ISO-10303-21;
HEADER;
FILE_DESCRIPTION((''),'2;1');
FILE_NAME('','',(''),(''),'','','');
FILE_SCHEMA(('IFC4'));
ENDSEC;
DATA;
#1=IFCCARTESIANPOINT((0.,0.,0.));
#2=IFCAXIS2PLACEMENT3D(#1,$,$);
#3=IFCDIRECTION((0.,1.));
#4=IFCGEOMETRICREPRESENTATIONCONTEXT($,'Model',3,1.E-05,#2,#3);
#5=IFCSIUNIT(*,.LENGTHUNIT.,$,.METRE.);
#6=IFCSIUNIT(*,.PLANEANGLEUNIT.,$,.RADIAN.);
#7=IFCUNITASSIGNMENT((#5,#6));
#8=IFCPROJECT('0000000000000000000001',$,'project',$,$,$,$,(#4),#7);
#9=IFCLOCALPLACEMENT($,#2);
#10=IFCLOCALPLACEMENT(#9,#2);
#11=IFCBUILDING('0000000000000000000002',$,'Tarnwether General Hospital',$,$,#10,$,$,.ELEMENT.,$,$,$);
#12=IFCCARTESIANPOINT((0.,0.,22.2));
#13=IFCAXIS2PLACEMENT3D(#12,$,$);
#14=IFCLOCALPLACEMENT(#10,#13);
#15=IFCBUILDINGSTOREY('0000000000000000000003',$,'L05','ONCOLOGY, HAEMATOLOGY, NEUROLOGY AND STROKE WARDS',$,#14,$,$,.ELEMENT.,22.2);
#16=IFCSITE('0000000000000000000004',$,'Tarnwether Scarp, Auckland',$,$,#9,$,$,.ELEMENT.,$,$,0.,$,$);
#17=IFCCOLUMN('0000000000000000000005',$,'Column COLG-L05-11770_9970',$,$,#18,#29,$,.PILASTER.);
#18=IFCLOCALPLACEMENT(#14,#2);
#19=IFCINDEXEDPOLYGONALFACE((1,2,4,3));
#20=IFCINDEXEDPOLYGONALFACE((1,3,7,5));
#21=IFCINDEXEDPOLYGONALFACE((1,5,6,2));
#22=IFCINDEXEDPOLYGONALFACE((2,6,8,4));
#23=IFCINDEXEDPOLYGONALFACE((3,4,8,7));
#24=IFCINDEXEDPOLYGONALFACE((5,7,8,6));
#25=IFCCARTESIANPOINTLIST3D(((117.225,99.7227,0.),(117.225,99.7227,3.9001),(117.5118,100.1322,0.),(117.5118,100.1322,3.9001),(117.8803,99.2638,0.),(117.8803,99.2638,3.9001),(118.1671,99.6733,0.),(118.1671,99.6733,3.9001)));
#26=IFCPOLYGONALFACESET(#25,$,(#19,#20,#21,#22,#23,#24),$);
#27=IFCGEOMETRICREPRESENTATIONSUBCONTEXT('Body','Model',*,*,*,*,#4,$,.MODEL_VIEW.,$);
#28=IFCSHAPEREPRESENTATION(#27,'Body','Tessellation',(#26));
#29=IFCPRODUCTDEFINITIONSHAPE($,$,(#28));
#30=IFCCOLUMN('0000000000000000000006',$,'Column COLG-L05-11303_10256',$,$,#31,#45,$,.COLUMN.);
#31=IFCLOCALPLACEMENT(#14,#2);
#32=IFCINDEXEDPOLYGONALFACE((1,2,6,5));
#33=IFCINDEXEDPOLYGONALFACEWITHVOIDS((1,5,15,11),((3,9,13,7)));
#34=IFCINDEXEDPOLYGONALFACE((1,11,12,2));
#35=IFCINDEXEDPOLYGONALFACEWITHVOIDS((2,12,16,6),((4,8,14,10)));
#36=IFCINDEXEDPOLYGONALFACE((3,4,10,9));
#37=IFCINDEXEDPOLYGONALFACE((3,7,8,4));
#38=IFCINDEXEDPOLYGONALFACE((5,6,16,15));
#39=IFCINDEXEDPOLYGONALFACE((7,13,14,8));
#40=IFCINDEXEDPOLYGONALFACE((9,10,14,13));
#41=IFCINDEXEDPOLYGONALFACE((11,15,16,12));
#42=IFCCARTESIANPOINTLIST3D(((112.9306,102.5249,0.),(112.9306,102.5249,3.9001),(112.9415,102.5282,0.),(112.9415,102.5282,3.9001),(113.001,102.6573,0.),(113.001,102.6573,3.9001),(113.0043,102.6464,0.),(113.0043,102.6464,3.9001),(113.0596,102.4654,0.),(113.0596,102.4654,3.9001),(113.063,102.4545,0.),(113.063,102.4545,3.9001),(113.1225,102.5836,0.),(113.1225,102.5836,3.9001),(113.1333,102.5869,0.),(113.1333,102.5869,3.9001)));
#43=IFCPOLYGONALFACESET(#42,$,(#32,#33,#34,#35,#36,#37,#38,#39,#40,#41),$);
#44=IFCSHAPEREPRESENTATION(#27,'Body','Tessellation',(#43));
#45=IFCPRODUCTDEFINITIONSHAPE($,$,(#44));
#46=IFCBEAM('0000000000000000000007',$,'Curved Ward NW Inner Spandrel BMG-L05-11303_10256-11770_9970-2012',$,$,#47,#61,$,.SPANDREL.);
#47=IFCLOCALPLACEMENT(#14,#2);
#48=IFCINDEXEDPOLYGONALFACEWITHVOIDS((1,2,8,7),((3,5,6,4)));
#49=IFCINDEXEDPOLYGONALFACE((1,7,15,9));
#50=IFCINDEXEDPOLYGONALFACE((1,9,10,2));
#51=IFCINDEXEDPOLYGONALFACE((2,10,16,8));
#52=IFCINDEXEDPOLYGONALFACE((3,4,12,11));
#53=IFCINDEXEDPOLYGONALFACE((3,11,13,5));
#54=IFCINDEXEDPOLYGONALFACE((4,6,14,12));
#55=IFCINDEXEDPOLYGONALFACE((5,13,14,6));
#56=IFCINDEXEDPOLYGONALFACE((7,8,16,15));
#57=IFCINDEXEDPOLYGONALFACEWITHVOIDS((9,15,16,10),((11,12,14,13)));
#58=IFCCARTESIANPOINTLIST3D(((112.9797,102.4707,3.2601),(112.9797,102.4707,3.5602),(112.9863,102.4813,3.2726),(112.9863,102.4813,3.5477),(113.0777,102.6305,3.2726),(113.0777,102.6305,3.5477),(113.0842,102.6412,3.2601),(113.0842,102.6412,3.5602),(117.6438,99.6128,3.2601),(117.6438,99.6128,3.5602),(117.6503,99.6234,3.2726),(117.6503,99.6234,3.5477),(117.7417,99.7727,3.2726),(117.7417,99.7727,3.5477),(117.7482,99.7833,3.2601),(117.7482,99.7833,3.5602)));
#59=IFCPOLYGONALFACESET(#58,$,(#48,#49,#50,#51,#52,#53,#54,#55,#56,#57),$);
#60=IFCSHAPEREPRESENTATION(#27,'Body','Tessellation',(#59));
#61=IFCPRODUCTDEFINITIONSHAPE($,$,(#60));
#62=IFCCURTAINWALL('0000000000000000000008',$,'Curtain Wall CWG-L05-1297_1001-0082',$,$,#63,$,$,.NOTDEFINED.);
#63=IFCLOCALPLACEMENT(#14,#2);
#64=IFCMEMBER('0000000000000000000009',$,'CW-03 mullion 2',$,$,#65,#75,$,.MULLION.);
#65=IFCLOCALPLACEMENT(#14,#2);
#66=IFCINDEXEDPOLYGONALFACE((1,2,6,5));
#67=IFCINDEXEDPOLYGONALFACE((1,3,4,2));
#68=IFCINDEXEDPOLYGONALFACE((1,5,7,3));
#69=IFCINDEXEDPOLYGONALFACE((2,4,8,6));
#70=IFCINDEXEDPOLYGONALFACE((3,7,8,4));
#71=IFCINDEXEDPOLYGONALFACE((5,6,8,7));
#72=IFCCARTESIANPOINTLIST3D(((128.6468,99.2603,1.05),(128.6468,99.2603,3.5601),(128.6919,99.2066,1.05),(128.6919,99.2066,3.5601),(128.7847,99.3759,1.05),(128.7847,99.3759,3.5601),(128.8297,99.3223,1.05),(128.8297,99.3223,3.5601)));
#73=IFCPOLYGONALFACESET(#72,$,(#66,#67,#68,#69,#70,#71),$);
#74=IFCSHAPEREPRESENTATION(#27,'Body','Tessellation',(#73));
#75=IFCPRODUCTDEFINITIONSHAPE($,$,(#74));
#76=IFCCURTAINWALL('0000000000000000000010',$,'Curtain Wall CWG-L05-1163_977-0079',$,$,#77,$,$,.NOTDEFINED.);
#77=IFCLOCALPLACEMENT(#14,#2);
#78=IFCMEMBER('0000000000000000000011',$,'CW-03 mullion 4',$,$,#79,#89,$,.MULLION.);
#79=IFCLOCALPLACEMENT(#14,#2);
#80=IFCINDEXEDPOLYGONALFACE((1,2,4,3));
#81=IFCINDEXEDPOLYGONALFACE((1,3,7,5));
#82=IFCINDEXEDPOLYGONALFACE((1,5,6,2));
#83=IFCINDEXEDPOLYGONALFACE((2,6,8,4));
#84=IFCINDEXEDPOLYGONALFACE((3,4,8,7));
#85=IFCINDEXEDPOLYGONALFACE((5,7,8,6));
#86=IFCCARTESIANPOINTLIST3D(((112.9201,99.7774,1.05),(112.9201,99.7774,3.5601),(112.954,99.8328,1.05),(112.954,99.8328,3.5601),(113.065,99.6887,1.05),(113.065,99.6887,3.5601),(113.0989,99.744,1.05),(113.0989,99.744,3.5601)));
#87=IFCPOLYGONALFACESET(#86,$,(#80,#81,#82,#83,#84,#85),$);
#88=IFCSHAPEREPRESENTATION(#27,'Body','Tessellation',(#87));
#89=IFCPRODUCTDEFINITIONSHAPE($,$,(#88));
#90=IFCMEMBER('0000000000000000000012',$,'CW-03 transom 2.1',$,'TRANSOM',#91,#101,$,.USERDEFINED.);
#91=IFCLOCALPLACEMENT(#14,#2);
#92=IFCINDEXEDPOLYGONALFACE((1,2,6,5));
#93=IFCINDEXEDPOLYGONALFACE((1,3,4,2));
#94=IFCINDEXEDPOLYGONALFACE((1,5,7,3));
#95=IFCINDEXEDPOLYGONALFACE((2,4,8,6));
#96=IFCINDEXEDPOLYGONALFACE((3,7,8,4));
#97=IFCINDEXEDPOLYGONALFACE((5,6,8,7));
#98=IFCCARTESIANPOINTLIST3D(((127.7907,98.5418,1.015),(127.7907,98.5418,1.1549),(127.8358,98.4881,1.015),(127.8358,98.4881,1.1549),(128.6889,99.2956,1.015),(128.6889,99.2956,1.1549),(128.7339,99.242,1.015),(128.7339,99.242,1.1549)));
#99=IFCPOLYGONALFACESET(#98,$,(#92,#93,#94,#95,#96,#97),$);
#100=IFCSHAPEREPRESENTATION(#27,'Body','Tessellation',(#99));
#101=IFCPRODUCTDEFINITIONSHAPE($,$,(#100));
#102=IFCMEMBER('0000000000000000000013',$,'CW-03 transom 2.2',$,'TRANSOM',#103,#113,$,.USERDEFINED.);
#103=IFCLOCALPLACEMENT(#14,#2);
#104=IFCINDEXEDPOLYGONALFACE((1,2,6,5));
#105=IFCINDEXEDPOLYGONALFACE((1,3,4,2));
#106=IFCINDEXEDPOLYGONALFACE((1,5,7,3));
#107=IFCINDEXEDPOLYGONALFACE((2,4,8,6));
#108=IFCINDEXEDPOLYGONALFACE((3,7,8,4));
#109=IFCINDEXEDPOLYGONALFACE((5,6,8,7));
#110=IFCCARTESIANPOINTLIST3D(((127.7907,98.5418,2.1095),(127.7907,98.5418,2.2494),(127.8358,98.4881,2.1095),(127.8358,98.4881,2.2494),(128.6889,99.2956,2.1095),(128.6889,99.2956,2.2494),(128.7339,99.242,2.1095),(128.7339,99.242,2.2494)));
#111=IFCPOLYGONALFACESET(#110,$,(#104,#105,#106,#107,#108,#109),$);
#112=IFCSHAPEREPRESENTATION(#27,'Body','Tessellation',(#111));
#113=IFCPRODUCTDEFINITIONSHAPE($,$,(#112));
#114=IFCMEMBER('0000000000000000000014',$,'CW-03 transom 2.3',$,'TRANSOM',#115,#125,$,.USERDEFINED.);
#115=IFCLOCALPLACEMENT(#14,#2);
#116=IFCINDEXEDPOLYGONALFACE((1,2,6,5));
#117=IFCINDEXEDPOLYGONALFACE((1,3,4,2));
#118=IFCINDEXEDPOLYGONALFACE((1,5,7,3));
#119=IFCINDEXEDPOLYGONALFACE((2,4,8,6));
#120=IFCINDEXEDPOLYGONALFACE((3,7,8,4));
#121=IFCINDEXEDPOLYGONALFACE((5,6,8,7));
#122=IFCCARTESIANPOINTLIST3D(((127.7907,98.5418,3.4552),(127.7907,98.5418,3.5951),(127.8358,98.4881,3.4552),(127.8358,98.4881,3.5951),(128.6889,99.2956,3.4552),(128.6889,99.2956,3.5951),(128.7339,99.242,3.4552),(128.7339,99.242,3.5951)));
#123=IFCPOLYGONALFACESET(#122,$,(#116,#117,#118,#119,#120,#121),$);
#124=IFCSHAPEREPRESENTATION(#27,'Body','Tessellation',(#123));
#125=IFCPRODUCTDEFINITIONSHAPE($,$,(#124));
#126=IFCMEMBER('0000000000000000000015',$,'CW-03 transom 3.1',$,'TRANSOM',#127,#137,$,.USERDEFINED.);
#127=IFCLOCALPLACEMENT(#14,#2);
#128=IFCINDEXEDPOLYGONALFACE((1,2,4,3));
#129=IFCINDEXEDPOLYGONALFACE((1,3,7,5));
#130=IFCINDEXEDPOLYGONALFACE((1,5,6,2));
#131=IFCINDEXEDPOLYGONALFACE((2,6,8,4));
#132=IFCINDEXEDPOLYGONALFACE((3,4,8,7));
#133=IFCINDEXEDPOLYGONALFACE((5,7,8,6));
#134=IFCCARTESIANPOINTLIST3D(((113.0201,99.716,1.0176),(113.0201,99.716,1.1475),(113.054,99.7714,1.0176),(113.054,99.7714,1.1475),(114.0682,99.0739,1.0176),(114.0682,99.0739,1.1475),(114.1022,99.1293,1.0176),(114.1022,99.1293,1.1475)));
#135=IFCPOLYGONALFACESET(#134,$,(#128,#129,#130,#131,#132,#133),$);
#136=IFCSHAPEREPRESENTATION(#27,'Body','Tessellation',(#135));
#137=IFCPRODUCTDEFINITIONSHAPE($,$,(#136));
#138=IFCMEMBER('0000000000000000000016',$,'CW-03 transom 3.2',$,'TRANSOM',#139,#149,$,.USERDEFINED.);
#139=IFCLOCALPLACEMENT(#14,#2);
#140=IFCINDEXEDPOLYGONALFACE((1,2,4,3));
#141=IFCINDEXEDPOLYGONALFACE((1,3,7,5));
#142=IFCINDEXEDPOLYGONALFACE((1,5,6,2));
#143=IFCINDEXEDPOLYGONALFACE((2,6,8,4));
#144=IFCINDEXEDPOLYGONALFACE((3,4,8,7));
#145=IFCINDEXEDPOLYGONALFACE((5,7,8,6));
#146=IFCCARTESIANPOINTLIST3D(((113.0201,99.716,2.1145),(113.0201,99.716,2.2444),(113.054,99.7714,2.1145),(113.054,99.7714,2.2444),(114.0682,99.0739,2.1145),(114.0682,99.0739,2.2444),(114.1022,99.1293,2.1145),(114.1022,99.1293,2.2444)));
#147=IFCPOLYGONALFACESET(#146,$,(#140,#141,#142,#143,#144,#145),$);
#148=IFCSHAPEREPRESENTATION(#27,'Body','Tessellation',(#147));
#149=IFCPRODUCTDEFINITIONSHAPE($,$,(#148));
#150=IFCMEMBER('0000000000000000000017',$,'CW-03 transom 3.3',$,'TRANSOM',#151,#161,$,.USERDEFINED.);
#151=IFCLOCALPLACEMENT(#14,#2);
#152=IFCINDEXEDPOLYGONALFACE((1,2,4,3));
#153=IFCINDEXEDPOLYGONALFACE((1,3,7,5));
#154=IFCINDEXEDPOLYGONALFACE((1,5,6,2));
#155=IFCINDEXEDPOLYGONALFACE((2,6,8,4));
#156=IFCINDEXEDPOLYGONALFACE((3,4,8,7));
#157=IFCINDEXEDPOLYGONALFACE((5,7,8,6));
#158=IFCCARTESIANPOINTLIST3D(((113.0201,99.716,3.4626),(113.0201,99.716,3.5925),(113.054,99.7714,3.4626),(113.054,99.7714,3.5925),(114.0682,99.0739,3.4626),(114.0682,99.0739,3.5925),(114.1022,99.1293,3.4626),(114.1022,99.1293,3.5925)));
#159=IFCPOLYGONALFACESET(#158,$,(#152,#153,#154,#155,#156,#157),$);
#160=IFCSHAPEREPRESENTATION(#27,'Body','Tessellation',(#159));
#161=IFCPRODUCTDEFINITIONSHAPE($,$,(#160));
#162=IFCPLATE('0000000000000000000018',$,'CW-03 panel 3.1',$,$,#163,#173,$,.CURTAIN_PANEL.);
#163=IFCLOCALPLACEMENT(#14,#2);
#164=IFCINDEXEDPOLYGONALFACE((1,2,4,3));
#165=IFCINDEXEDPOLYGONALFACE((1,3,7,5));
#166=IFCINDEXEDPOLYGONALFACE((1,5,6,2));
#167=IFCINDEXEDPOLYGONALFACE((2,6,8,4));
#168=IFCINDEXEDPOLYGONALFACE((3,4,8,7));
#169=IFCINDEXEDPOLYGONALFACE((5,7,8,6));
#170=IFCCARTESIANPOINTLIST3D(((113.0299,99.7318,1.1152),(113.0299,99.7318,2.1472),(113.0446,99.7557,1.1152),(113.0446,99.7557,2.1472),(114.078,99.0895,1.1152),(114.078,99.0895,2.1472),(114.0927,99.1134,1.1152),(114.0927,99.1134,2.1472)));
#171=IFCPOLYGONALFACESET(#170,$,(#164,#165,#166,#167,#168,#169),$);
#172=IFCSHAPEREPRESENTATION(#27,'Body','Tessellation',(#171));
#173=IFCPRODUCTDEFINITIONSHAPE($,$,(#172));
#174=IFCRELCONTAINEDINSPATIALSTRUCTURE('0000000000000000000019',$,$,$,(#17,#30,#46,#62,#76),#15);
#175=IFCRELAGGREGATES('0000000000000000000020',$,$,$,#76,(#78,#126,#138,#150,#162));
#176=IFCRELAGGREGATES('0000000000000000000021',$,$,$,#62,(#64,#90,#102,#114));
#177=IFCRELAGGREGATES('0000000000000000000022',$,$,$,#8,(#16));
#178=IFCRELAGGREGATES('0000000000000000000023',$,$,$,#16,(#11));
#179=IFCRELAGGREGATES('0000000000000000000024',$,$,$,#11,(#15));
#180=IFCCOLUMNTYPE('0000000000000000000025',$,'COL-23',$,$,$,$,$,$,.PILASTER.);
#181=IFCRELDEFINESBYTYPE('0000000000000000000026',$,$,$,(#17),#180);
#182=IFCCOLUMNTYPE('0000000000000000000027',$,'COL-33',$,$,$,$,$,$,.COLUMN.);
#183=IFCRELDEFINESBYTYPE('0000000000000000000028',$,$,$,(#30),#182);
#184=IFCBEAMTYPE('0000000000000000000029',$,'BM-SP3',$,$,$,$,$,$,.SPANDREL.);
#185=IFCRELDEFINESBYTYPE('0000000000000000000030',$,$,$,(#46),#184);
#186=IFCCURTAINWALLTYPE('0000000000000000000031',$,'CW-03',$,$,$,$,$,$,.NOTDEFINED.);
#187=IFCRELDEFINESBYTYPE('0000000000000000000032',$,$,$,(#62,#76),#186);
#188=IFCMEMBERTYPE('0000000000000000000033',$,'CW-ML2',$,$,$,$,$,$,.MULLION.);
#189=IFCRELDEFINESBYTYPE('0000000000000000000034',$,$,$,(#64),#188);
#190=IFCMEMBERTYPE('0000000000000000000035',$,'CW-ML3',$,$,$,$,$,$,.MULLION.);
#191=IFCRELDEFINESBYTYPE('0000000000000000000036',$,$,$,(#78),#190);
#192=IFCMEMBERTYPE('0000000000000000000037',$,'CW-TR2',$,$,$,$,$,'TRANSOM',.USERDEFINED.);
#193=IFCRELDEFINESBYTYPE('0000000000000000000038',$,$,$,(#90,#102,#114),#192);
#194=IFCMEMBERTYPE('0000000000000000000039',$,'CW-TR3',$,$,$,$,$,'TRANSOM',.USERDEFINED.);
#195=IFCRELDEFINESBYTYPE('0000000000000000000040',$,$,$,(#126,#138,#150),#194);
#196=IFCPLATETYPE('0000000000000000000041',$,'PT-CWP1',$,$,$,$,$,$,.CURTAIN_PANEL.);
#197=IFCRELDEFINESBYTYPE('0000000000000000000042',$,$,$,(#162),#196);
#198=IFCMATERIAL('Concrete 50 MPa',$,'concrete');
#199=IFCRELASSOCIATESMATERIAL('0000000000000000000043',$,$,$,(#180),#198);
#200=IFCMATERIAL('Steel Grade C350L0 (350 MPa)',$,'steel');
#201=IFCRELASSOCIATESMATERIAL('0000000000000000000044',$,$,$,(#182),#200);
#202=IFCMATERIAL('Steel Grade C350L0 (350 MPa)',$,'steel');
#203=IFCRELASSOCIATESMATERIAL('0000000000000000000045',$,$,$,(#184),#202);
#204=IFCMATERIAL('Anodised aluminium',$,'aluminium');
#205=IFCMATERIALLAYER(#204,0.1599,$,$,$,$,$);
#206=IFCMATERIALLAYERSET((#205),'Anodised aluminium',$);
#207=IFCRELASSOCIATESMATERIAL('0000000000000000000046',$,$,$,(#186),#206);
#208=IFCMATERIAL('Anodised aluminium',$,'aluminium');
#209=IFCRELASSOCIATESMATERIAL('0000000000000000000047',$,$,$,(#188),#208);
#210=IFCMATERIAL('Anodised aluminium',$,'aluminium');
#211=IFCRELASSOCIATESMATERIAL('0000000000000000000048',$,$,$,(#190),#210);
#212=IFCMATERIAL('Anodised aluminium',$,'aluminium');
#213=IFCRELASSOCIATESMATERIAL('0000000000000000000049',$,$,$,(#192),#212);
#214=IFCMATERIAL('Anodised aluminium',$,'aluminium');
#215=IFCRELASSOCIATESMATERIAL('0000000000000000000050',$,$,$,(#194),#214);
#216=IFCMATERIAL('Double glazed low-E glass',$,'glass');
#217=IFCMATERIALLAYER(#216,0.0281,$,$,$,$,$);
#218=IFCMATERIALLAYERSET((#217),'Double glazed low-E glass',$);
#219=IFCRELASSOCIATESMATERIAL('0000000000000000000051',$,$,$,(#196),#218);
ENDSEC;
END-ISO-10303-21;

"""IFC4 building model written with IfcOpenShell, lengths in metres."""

from ifc_helpers import new_model, si_unit, direction, frame, origin, origin_2d, place, context, subcontext, project, spatial, rectangle, hollow_rectangle, extrude, material, layer, layer_set, material_profile, profile_set, type_object, element, aggregate, save


model = new_model("IFC4")

# Units and contexts
model_context = context("Model", 3, precision=1e-05, world=origin(), true_north=direction((0.0, 1.0)))
body_context = subcontext(model_context, "Body", "Model", "MODEL_VIEW")
ifc_project = project(units=[si_unit("LENGTHUNIT", "METRE"), si_unit("PLANEANGLEUNIT", "RADIAN")], contexts=[model_context])

# Site, building, storey
site_placement = place(None, origin())
site = spatial("IfcSite", under=ifc_project, at=site_placement, Name="Tarnwether Scarp, Auckland", CompositionType="ELEMENT", RefElevation=0.0)
building_placement = place(site_placement, origin())
building = spatial("IfcBuilding", under=site, at=building_placement, Name="Tarnwether General Hospital", CompositionType="ELEMENT")
storey_placement = place(building_placement, frame((0.0, 0.0, 22.2)))
storey = spatial("IfcBuildingStorey", under=building, at=storey_placement, Name="L05", Description="ONCOLOGY, HAEMATOLOGY, NEUROLOGY AND STROKE WARDS", CompositionType="ELEMENT", Elevation=22.2)

# Columns
ifc_material_1 = material(Name="Concrete 50 MPa", Category="concrete")
ifc_material_profile_1 = material_profile(ifc_material_1, rectangle(XDim=0.5, YDim=0.8, at=origin_2d()), Name="RC-PIL-500x800")
ifc_profile_set_1 = profile_set([ifc_material_profile_1], Name="Concrete 50 MPa")
column_type_1 = type_object("IfcColumnType", Name="COL-23", PredefinedType="PILASTER", material=ifc_profile_set_1)
column_1_placement = place(storey_placement, frame((117.696, 99.698, 0.0), z_axis=(0.0, 0.0, 1.0), x_axis=(0.573576, 0.819152, 0.0)))
element("IfcColumn", 1, at=column_1_placement, inside=storey, type_object=column_type_1, Name="Column COLG-L05-11770_9970", PredefinedType="PILASTER", context=body_context, shape_type="SweptSolid", body=[
    extrude(rectangle(XDim=0.5, YDim=0.8, at=origin_2d()), origin(), (0.0, 0.0, 1.0), 3.9001),
])
ifc_material_2 = material(Name="Steel Grade C350L0 (350 MPa)", Category="steel")
ifc_material_profile_2 = material_profile(ifc_material_2, hollow_rectangle(XDim=0.1499, YDim=0.1499, WallThickness=0.0081, at=origin_2d()), Name="SHS150x150x8")
ifc_profile_set_2 = profile_set([ifc_material_profile_2], Name="Steel Grade C350L0 (350 MPa)")
column_type_2 = type_object("IfcColumnType", Name="COL-33", PredefinedType="COLUMN", material=ifc_profile_set_2)
column_2_placement = place(storey_placement, frame((113.032, 102.5559, 0.0), z_axis=(0.0, 0.0, 1.0), x_axis=(0.469472, 0.882948, 0.0)))
element("IfcColumn", 2, at=column_2_placement, inside=storey, type_object=column_type_2, Name="Column COLG-L05-11303_10256", PredefinedType="COLUMN", context=body_context, shape_type="SweptSolid", body=[
    extrude(hollow_rectangle(XDim=0.1499, YDim=0.1499, WallThickness=0.0081, at=origin_2d()), origin(), (0.0, 0.0, 1.0), 3.9001),
])

# Beam
ifc_material_3 = material(Name="Steel Grade C350L0 (350 MPa)", Category="steel")
ifc_material_profile_3 = material_profile(ifc_material_3, hollow_rectangle(XDim=0.2, YDim=0.3, WallThickness=0.0125, at=origin_2d()), Name="RHS300x200x12.5")
ifc_profile_set_3 = profile_set([ifc_material_profile_3], Name="Steel Grade C350L0 (350 MPa)")
beam_type = type_object("IfcBeamType", Name="BM-SP3", PredefinedType="SPANDREL", material=ifc_profile_set_3)
beam_placement = place(storey_placement, frame((113.032, 102.5559, 3.4102), z_axis=(0.852659, -0.522468, 0.0), x_axis=(0.522468, 0.852659, 0.0)))
element("IfcBeam", 3, at=beam_placement, inside=storey, type_object=beam_type, Name="Curved Ward NW Inner Spandrel BMG-L05-11303_10256-11770_9970-2012", PredefinedType="SPANDREL", context=body_context, shape_type="SweptSolid", body=[
    extrude(hollow_rectangle(XDim=0.2, YDim=0.3, WallThickness=0.0125, at=origin_2d()), origin(), (0.0, 0.0, 1.0), 5.47),
])

# Curtain walls, members
ifc_material_4 = material(Name="Anodised aluminium", Category="aluminium")
ifc_layer_1 = layer(ifc_material_4, 0.1599)
ifc_layer_set_1 = layer_set([ifc_layer_1], Name="Anodised aluminium")
curtain_wall_type = type_object("IfcCurtainWallType", Name="CW-03", PredefinedType="NOTDEFINED", material=ifc_layer_set_1)
curtain_wall_1_placement = place(storey_placement, origin())
curtain_wall_1 = element("IfcCurtainWall", 4, at=curtain_wall_1_placement, inside=storey, type_object=curtain_wall_type, Name="Curtain Wall CWG-L05-1297_1001-0082", PredefinedType="NOTDEFINED")
ifc_material_5 = material(Name="Anodised aluminium", Category="aluminium")
ifc_material_profile_4 = material_profile(ifc_material_5, rectangle(XDim=0.0701, YDim=0.1799, at=origin_2d()), Name="ALU-MUL-70x180")
ifc_profile_set_4 = profile_set([ifc_material_profile_4], Name="Anodised aluminium")
member_type_1 = type_object("IfcMemberType", Name="CW-ML2", PredefinedType="MULLION", material=ifc_profile_set_4)
member_1_placement = place(storey_placement, frame((128.7383, 99.2913, 1.05), z_axis=(0.0, 0.0, 1.0), x_axis=(0.642852, -0.76599, 0.0)))
member_1 = element("IfcMember", 5, at=member_1_placement, type_object=member_type_1, Name="CW-03 mullion 2", PredefinedType="MULLION", context=body_context, shape_type="SweptSolid", body=[
    extrude(rectangle(XDim=0.0701, YDim=0.1799, at=origin_2d()), origin(), (0.0, 0.0, 1.0), 2.51),
])
curtain_wall_2_placement = place(storey_placement, origin())
curtain_wall_2 = element("IfcCurtainWall", 6, at=curtain_wall_2_placement, inside=storey, type_object=curtain_wall_type, Name="Curtain Wall CWG-L05-1163_977-0079", PredefinedType="NOTDEFINED")
ifc_material_6 = material(Name="Anodised aluminium", Category="aluminium")
ifc_material_profile_5 = material_profile(ifc_material_6, rectangle(XDim=0.0649, YDim=0.1699, at=origin_2d()), Name="ALU-MUL-65x170")
ifc_profile_set_5 = profile_set([ifc_material_profile_5], Name="Anodised aluminium")
member_type_2 = type_object("IfcMemberType", Name="CW-ML3", PredefinedType="MULLION", material=ifc_profile_set_5)
member_2_placement = place(storey_placement, frame((113.0095, 99.7607, 1.05), z_axis=(0.0, 0.0, 1.0), x_axis=(-0.522512, -0.852632, 0.0)))
member_2 = element("IfcMember", 7, at=member_2_placement, type_object=member_type_2, Name="CW-03 mullion 4", PredefinedType="MULLION", context=body_context, shape_type="SweptSolid", body=[
    extrude(rectangle(XDim=0.0649, YDim=0.1699, at=origin_2d()), origin(), (0.0, 0.0, 1.0), 2.51),
])

# Members
ifc_material_7 = material(Name="Anodised aluminium", Category="aluminium")
ifc_material_profile_6 = material_profile(ifc_material_7, rectangle(XDim=0.0701, YDim=0.1399, at=origin_2d()), Name="ALU-TRN-70x140")
ifc_profile_set_6 = profile_set([ifc_material_profile_6], Name="Anodised aluminium")
member_type_3 = type_object("IfcMemberType", Name="CW-TR2", ElementType="TRANSOM", PredefinedType="USERDEFINED", material=ifc_profile_set_6)
member_3_placement = place(storey_placement, frame((128.7114, 99.2688, 1.085), z_axis=(-0.765947, -0.642904, 0.0), x_axis=(0.642904, -0.765947, 0.0)))
member_3 = element("IfcMember", 8, at=member_3_placement, type_object=member_type_3, Name="CW-03 transom 2.1", ObjectType="TRANSOM", PredefinedType="USERDEFINED", context=body_context, shape_type="SweptSolid", body=[
    extrude(rectangle(XDim=0.0701, YDim=0.1399, at=origin_2d()), origin(), (0.0, 0.0, 1.0), 1.1726),
])
member_4_placement = place(storey_placement, frame((128.7114, 99.2688, 2.1794), z_axis=(-0.765947, -0.642904, 0.0), x_axis=(0.642904, -0.765947, 0.0)))
member_4 = element("IfcMember", 9, at=member_4_placement, type_object=member_type_3, Name="CW-03 transom 2.2", ObjectType="TRANSOM", PredefinedType="USERDEFINED", context=body_context, shape_type="SweptSolid", body=[
    extrude(rectangle(XDim=0.0701, YDim=0.1399, at=origin_2d()), origin(), (0.0, 0.0, 1.0), 1.1726),
])
member_5_placement = place(storey_placement, frame((128.7114, 99.2688, 3.5251), z_axis=(-0.765947, -0.642904, 0.0), x_axis=(0.642904, -0.765947, 0.0)))
member_5 = element("IfcMember", 10, at=member_5_placement, type_object=member_type_3, Name="CW-03 transom 2.3", ObjectType="TRANSOM", PredefinedType="USERDEFINED", context=body_context, shape_type="SweptSolid", body=[
    extrude(rectangle(XDim=0.0701, YDim=0.1399, at=origin_2d()), origin(), (0.0, 0.0, 1.0), 1.1726),
])
ifc_material_8 = material(Name="Anodised aluminium", Category="aluminium")
ifc_material_profile_7 = material_profile(ifc_material_8, rectangle(XDim=0.0649, YDim=0.1299, at=origin_2d()), Name="ALU-TRN-65x130")
ifc_profile_set_7 = profile_set([ifc_material_profile_7], Name="Anodised aluminium")
member_type_4 = type_object("IfcMemberType", Name="CW-TR3", ElementType="TRANSOM", PredefinedType="USERDEFINED", material=ifc_profile_set_7)
member_6_placement = place(storey_placement, frame((114.0852, 99.1016, 1.0825), z_axis=(-0.852707, 0.52239, 0.0), x_axis=(-0.52239, -0.852707, 0.0)))
member_6 = element("IfcMember", 11, at=member_6_placement, type_object=member_type_4, Name="CW-03 transom 3.1", ObjectType="TRANSOM", PredefinedType="USERDEFINED", context=body_context, shape_type="SweptSolid", body=[
    extrude(rectangle(XDim=0.0649, YDim=0.1299, at=origin_2d()), origin(), (0.0, 0.0, 1.0), 1.2292),
])
member_7_placement = place(storey_placement, frame((114.0852, 99.1016, 2.1794), z_axis=(-0.852707, 0.52239, 0.0), x_axis=(-0.52239, -0.852707, 0.0)))
member_7 = element("IfcMember", 12, at=member_7_placement, type_object=member_type_4, Name="CW-03 transom 3.2", ObjectType="TRANSOM", PredefinedType="USERDEFINED", context=body_context, shape_type="SweptSolid", body=[
    extrude(rectangle(XDim=0.0649, YDim=0.1299, at=origin_2d()), origin(), (0.0, 0.0, 1.0), 1.2292),
])
member_8_placement = place(storey_placement, frame((114.0852, 99.1016, 3.5276), z_axis=(-0.852707, 0.52239, 0.0), x_axis=(-0.52239, -0.852707, 0.0)))
member_8 = element("IfcMember", 13, at=member_8_placement, type_object=member_type_4, Name="CW-03 transom 3.3", ObjectType="TRANSOM", PredefinedType="USERDEFINED", context=body_context, shape_type="SweptSolid", body=[
    extrude(rectangle(XDim=0.0649, YDim=0.1299, at=origin_2d()), origin(), (0.0, 0.0, 1.0), 1.2292),
])

# Plate
ifc_material_9 = material(Name="Double glazed low-E glass", Category="glass")
ifc_layer_2 = layer(ifc_material_9, 0.0281)
ifc_layer_set_2 = layer_set([ifc_layer_2], Name="Double glazed low-E glass")
plate_type_1 = type_object("IfcPlateType", Name="PT-CWP1", PredefinedType="CURTAIN_PANEL", material=ifc_layer_set_2)
plate_1_placement = place(storey_placement, frame((113.5613, 99.4226, 1.1152), z_axis=(0.0, 0.0, 1.0), x_axis=(-0.852632, 0.522512, 0.0)))
plate_1 = element("IfcPlate", 14, at=plate_1_placement, type_object=plate_type_1, Name="CW-03 panel 3.1", PredefinedType="CURTAIN_PANEL", context=body_context, shape_type="SweptSolid", body=[
    extrude(rectangle(XDim=1.2292, YDim=0.0281, at=origin_2d()), origin(), (0.0, 0.0, 1.0), 1.032),
])
aggregate(curtain_wall_2, [member_2, member_6, member_7, member_8, plate_1])
aggregate(curtain_wall_1, [member_1, member_3, member_4, member_5])

save(model, "model.ifc")
